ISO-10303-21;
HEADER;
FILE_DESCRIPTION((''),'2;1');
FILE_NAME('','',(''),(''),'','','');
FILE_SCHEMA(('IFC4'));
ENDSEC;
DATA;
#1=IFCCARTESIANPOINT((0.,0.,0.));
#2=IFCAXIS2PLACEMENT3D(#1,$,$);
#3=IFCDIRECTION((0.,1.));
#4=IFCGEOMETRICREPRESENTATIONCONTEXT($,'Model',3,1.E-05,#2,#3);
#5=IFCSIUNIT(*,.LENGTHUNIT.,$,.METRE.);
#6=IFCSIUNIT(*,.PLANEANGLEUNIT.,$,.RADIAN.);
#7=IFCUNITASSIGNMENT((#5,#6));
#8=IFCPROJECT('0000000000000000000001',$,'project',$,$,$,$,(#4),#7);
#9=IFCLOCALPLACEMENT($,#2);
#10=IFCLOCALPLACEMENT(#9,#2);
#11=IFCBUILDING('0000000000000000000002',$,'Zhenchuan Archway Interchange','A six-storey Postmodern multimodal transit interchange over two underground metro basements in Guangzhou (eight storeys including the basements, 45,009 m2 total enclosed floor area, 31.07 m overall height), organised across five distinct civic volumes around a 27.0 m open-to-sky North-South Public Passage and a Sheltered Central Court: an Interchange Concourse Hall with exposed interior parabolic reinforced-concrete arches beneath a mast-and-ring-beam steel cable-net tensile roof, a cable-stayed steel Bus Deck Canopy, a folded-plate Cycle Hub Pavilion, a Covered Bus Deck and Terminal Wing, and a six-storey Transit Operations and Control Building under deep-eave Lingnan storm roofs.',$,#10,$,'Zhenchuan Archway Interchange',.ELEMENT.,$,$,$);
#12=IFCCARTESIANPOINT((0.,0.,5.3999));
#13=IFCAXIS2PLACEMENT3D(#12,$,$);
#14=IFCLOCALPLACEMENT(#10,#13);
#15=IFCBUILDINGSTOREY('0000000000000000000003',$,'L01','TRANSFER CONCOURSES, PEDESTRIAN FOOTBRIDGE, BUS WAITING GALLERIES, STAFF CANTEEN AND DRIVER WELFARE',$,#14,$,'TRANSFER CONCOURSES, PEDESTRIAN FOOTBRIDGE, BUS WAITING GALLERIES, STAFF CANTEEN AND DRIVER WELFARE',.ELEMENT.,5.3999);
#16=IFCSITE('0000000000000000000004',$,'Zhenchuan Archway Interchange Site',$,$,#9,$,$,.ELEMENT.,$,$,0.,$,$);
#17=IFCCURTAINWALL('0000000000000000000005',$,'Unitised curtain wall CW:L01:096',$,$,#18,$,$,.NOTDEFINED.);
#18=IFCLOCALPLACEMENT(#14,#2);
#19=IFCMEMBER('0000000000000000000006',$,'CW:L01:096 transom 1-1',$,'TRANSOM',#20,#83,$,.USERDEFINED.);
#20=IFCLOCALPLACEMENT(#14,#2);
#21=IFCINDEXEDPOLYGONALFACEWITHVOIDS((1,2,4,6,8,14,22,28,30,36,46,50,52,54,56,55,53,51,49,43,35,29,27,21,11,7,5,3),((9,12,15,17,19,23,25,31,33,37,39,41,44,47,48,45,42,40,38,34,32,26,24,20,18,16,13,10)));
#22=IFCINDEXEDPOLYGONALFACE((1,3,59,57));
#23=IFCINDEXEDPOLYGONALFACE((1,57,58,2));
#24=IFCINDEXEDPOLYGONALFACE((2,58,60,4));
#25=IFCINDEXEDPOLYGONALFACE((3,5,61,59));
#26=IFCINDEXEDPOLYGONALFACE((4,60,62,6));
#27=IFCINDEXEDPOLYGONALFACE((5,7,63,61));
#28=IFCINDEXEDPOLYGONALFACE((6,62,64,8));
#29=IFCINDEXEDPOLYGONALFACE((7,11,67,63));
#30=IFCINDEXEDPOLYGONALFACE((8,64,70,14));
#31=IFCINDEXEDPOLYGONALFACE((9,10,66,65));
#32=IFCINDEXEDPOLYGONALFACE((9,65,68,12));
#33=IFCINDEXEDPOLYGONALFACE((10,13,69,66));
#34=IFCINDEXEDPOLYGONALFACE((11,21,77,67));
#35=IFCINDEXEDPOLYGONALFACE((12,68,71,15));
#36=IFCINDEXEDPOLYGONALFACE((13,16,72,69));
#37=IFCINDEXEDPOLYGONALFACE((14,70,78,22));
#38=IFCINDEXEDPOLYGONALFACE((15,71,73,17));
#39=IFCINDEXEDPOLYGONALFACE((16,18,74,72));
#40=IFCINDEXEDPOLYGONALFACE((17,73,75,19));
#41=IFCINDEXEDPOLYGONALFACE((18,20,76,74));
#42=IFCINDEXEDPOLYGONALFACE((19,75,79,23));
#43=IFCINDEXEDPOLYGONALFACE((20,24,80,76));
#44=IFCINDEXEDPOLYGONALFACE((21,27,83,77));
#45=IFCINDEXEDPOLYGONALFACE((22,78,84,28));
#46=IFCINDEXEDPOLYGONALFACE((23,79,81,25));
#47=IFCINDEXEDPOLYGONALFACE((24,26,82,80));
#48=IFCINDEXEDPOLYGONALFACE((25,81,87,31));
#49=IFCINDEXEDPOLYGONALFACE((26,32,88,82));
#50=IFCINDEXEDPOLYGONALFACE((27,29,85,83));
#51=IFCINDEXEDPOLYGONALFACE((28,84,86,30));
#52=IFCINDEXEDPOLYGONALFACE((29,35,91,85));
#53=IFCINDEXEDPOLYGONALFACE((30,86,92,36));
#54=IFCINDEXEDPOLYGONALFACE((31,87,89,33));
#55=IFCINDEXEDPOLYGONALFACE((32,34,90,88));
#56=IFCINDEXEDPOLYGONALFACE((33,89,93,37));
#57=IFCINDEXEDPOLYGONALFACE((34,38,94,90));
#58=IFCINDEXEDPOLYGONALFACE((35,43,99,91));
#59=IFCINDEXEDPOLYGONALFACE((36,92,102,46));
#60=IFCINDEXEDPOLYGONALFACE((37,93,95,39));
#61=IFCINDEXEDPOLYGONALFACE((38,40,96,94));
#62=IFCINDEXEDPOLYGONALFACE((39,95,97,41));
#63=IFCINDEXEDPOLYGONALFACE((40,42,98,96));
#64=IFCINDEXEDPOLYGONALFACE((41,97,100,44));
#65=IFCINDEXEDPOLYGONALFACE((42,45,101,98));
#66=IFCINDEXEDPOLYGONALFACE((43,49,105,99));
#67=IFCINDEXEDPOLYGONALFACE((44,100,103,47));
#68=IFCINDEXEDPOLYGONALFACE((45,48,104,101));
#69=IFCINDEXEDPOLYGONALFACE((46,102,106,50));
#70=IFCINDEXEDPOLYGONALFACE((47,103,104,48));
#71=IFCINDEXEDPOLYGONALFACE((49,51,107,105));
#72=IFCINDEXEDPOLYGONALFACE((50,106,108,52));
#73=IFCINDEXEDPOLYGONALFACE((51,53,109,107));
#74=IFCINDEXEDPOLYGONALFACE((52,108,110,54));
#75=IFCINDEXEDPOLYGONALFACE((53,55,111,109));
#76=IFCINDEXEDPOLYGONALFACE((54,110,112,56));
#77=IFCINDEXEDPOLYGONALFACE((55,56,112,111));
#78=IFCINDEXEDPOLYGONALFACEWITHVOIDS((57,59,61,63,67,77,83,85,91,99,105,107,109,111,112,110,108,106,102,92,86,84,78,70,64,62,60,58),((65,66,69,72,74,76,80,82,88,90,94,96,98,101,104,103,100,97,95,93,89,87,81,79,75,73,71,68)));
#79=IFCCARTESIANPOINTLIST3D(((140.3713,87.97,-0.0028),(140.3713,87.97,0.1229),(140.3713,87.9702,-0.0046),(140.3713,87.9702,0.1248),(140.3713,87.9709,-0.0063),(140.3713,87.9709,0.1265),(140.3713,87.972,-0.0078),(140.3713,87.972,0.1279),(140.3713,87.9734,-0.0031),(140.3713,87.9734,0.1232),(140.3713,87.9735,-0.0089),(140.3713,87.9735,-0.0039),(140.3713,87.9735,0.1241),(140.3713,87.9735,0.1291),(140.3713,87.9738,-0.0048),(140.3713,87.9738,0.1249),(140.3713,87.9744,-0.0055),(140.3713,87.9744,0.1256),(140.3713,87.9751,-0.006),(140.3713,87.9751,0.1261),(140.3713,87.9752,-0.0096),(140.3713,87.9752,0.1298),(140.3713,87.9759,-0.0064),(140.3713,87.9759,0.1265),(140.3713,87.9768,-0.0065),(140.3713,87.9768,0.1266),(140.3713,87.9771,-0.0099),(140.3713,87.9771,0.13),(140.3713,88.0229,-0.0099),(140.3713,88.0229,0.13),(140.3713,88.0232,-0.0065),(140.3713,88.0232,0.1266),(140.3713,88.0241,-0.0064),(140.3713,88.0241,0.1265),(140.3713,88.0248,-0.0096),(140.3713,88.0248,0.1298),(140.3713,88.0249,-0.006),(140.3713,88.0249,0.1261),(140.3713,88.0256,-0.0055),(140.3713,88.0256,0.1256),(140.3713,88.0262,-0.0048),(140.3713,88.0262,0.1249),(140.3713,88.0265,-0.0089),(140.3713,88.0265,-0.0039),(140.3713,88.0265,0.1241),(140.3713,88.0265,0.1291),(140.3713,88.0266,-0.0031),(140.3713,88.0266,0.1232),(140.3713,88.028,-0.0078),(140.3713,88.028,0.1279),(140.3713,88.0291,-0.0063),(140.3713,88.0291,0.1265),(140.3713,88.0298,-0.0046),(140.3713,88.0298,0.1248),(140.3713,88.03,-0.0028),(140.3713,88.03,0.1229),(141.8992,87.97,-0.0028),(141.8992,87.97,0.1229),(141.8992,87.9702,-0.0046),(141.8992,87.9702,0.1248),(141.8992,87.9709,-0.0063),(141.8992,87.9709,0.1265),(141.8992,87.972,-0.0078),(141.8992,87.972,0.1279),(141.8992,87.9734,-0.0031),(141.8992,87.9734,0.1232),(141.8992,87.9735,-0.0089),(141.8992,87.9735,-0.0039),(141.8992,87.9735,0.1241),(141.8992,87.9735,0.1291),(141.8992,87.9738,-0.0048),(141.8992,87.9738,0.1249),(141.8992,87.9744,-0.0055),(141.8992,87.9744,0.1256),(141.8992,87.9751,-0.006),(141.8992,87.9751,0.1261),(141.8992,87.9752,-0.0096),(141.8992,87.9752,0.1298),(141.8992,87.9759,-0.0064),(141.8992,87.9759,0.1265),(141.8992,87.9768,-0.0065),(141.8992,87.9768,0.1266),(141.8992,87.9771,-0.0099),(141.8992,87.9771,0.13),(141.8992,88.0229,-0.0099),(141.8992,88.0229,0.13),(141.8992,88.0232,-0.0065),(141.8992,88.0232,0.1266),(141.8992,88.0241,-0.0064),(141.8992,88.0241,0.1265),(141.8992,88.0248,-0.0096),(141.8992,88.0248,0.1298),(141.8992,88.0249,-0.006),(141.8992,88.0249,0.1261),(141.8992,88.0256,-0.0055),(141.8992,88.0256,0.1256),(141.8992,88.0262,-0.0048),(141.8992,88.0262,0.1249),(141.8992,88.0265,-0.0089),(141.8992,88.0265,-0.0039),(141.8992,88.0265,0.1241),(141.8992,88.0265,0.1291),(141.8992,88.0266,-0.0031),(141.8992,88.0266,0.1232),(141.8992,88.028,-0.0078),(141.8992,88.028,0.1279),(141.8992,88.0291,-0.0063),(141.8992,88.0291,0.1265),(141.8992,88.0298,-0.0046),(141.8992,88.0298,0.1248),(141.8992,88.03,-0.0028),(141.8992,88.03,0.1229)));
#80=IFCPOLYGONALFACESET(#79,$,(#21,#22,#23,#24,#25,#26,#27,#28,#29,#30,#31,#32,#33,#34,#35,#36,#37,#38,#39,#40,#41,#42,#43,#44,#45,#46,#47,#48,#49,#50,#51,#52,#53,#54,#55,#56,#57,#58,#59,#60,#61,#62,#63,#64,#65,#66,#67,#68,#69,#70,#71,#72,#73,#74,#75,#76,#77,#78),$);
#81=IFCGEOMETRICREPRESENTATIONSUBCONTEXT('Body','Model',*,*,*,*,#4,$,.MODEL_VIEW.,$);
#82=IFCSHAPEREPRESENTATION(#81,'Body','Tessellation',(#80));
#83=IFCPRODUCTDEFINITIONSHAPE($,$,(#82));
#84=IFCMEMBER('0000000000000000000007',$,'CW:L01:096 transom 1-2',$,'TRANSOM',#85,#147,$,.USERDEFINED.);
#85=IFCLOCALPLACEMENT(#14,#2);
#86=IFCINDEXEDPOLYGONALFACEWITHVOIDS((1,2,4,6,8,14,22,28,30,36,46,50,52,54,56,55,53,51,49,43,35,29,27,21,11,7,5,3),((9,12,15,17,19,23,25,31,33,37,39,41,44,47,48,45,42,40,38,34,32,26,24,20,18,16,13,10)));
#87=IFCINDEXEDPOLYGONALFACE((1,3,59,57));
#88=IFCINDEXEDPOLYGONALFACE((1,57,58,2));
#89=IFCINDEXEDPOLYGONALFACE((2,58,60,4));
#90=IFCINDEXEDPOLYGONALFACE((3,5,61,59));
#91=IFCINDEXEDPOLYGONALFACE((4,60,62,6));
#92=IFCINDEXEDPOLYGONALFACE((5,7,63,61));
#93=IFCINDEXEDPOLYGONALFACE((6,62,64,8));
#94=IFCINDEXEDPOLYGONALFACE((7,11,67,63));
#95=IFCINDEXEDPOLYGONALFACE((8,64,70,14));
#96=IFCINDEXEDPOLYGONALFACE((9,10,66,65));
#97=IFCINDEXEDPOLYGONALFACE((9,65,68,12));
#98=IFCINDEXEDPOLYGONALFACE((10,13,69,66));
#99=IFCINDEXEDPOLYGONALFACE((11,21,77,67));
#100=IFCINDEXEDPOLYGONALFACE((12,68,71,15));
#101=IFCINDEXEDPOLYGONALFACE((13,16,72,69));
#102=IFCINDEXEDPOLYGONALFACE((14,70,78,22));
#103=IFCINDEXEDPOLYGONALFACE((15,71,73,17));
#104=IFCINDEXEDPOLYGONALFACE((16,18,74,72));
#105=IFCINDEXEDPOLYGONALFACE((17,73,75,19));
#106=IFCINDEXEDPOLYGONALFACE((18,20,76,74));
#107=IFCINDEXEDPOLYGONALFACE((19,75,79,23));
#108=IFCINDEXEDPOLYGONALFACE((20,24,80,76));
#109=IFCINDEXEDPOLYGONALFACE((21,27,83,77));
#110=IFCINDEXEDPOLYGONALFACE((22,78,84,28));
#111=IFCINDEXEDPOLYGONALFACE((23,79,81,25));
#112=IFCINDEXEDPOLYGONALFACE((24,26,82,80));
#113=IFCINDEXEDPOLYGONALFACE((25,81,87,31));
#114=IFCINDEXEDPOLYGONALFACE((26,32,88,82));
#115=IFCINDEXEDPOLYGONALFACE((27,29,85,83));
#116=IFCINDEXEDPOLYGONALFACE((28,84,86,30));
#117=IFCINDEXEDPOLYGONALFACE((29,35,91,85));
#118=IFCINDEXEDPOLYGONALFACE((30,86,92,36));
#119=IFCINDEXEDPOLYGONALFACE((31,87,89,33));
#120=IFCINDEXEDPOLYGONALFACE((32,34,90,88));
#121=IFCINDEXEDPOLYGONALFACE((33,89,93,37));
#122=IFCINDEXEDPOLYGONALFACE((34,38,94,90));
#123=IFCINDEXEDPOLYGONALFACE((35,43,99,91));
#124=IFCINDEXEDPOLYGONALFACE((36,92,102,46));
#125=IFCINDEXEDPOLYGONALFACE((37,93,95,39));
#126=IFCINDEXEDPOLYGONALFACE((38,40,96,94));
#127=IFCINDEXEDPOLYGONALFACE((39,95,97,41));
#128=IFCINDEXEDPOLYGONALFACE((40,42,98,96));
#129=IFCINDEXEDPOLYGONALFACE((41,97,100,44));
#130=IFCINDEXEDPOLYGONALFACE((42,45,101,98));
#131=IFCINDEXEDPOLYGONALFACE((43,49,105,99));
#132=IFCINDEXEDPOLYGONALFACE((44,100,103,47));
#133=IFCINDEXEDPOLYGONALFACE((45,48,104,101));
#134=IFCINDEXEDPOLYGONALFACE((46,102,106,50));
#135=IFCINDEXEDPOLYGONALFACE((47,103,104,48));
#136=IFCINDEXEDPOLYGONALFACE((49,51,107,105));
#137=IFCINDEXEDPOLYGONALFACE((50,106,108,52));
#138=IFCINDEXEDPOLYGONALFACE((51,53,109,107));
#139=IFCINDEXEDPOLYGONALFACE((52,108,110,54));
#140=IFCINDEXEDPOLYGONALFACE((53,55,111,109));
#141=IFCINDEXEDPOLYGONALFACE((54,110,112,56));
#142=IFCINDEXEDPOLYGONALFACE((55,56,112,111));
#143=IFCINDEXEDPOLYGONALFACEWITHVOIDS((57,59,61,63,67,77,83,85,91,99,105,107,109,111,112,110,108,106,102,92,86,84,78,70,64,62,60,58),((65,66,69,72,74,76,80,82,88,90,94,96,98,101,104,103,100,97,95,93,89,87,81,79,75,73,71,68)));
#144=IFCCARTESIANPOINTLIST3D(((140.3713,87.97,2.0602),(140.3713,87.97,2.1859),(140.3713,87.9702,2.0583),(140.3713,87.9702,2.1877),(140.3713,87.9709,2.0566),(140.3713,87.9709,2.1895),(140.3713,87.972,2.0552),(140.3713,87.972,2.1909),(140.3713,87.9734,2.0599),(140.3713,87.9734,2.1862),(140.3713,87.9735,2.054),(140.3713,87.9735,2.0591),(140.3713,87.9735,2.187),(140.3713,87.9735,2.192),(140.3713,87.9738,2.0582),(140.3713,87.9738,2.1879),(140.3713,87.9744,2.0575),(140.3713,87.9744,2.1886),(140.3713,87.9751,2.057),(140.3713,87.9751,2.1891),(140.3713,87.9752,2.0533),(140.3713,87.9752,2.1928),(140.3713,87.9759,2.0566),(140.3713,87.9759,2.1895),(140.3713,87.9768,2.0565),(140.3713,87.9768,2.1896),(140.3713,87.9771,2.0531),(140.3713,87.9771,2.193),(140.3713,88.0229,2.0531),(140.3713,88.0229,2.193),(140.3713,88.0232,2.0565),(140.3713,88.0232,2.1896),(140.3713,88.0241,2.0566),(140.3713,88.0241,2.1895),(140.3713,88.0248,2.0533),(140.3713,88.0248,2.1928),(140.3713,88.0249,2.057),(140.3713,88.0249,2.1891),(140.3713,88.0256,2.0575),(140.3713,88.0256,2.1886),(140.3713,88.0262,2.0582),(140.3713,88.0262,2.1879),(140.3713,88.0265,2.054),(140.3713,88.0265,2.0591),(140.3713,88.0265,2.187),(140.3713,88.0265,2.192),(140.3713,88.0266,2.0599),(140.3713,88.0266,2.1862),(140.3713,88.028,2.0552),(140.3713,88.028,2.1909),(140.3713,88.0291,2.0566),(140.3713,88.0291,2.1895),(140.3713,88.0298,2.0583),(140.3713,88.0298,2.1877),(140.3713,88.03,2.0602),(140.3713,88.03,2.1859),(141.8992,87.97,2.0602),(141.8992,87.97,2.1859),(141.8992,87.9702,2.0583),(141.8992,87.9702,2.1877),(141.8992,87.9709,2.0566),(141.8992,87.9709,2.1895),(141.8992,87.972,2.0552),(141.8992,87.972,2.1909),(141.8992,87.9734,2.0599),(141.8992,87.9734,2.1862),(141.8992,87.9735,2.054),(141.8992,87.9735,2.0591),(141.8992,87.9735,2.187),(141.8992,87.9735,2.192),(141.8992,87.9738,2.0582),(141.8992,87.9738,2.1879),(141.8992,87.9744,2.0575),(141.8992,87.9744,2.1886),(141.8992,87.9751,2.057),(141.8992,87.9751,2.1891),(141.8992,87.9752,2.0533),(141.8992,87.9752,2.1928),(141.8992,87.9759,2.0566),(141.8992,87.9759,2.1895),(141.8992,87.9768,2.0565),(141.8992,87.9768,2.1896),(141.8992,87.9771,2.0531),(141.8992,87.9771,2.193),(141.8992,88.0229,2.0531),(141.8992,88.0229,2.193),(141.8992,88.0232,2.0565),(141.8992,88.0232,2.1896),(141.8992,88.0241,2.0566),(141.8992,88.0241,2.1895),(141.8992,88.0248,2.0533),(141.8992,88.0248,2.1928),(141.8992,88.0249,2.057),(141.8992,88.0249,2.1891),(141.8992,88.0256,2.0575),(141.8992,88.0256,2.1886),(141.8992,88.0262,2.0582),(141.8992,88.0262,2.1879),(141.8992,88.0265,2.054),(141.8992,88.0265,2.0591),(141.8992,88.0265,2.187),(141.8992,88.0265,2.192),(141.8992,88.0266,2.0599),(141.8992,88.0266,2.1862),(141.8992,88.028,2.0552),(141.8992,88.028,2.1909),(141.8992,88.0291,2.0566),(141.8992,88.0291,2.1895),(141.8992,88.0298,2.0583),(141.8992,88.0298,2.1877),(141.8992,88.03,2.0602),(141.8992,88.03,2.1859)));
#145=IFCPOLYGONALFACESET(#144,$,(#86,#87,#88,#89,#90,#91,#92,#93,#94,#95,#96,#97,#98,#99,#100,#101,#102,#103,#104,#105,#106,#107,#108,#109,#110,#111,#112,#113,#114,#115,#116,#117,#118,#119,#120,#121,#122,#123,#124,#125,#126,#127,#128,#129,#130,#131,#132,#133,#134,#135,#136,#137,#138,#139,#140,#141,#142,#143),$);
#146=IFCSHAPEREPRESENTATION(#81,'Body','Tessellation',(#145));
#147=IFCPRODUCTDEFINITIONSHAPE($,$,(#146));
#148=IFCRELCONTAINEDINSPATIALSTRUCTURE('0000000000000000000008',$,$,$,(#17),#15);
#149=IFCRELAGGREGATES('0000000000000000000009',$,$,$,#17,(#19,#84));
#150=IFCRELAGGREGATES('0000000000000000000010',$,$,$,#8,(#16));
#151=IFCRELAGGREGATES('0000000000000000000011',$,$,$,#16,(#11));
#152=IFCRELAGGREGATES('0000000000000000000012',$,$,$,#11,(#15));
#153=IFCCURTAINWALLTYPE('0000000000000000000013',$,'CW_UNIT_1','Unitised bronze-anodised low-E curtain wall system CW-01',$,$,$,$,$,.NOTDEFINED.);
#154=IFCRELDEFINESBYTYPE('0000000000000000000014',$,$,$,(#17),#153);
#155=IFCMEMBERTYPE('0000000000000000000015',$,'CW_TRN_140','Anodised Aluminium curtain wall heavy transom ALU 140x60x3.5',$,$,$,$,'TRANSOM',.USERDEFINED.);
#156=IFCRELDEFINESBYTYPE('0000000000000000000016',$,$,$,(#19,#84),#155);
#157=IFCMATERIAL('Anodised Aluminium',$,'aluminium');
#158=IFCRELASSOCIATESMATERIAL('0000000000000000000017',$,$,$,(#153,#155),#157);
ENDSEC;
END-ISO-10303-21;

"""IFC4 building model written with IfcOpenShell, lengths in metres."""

from ifc_helpers import new_model, si_unit, direction, frame, origin, origin_2d, place, context, subcontext, project, spatial, hollow_rectangle, extrude, material, material_profile, profile_set, type_object, element, aggregate, save


model = new_model("IFC4")

# Units and contexts
model_context = context("Model", 3, precision=1e-05, world=origin(), true_north=direction((0.0, 1.0)))
body_context = subcontext(model_context, "Body", "Model", "MODEL_VIEW")
ifc_project = project(units=[si_unit("LENGTHUNIT", "METRE"), si_unit("PLANEANGLEUNIT", "RADIAN")], contexts=[model_context])

# Site, building, storey
site_placement = place(None, origin())
site = spatial("IfcSite", under=ifc_project, at=site_placement, Name="Zhenchuan Archway Interchange Site", CompositionType="ELEMENT", RefElevation=0.0)
building_placement = place(site_placement, origin())
building = spatial("IfcBuilding", under=site, at=building_placement, Name="Zhenchuan Archway Interchange", Description="A six-storey Postmodern multimodal transit interchange over two underground metro basements in Guangzhou (eight storeys including the basements, 45,009 m2 total enclosed floor area, 31.07 m overall height), organised across five distinct civic volumes around a 27.0 m open-to-sky North-South Public Passage and a Sheltered Central Court: an Interchange Concourse Hall with exposed interior parabolic reinforced-concrete arches beneath a mast-and-ring-beam steel cable-net tensile roof, a cable-stayed steel Bus Deck Canopy, a folded-plate Cycle Hub Pavilion, a Covered Bus Deck and Terminal Wing, and a six-storey Transit Operations and Control Building under deep-eave Lingnan storm roofs.", LongName="Zhenchuan Archway Interchange", CompositionType="ELEMENT")
storey_placement = place(building_placement, frame((0.0, 0.0, 5.3999)))
storey = spatial("IfcBuildingStorey", under=building, at=storey_placement, Name="L01", Description="TRANSFER CONCOURSES, PEDESTRIAN FOOTBRIDGE, BUS WAITING GALLERIES, STAFF CANTEEN AND DRIVER WELFARE", LongName="TRANSFER CONCOURSES, PEDESTRIAN FOOTBRIDGE, BUS WAITING GALLERIES, STAFF CANTEEN AND DRIVER WELFARE", CompositionType="ELEMENT", Elevation=5.3999)

# Curtain wall, members
ifc_material_1 = material(Name="Anodised Aluminium", Category="aluminium")
curtain_wall_type = type_object("IfcCurtainWallType", Name="CW_UNIT_1", Description="Unitised bronze-anodised low-E curtain wall system CW-01", PredefinedType="NOTDEFINED", material=ifc_material_1)
curtain_wall_placement = place(storey_placement, origin())
curtain_wall = element("IfcCurtainWall", 1, at=curtain_wall_placement, inside=storey, type_object=curtain_wall_type, Name="Unitised curtain wall CW:L01:096", PredefinedType="NOTDEFINED")
ifc_material_profile_1 = material_profile(ifc_material_1, hollow_rectangle(XDim=0.0601, YDim=0.1399, WallThickness=0.0034, InnerFilletRadius=0.0034, OuterFilletRadius=0.0071, at=origin_2d()), Name="ALU 140x60x3.5")
ifc_profile_set_1 = profile_set([ifc_material_profile_1], Name="Anodised Aluminium")
member_type_1 = type_object("IfcMemberType", Name="CW_TRN_140", Description="Anodised Aluminium curtain wall heavy transom ALU 140x60x3.5", ElementType="TRANSOM", PredefinedType="USERDEFINED", material=ifc_profile_set_1)
member_1_placement = place(storey_placement, frame((141.8992, 88.0, 0.0601), z_axis=(-1.0, 0.0, 0.0), x_axis=(0.0, -1.0, 0.0)))
member_1 = element("IfcMember", 2, at=member_1_placement, type_object=member_type_1, Name="CW:L01:096 transom 1-1", ObjectType="TRANSOM", PredefinedType="USERDEFINED", context=body_context, shape_type="SweptSolid", body=[
    extrude(hollow_rectangle(XDim=0.0601, YDim=0.1399, WallThickness=0.0034, InnerFilletRadius=0.0034, OuterFilletRadius=0.0071, at=origin_2d()), origin(), (0.0, 0.0, 1.0), 1.5278),
])
member_2_placement = place(storey_placement, frame((141.8992, 88.0, 2.123), z_axis=(-1.0, 0.0, 0.0), x_axis=(0.0, -1.0, 0.0)))
member_2 = element("IfcMember", 3, at=member_2_placement, type_object=member_type_1, Name="CW:L01:096 transom 1-2", ObjectType="TRANSOM", PredefinedType="USERDEFINED", context=body_context, shape_type="SweptSolid", body=[
    extrude(hollow_rectangle(XDim=0.0601, YDim=0.1399, WallThickness=0.0034, InnerFilletRadius=0.0034, OuterFilletRadius=0.0071, at=origin_2d()), origin(), (0.0, 0.0, 1.0), 1.5278),
])

aggregate(curtain_wall, [member_1, member_2])

save(model, "model.ifc")
